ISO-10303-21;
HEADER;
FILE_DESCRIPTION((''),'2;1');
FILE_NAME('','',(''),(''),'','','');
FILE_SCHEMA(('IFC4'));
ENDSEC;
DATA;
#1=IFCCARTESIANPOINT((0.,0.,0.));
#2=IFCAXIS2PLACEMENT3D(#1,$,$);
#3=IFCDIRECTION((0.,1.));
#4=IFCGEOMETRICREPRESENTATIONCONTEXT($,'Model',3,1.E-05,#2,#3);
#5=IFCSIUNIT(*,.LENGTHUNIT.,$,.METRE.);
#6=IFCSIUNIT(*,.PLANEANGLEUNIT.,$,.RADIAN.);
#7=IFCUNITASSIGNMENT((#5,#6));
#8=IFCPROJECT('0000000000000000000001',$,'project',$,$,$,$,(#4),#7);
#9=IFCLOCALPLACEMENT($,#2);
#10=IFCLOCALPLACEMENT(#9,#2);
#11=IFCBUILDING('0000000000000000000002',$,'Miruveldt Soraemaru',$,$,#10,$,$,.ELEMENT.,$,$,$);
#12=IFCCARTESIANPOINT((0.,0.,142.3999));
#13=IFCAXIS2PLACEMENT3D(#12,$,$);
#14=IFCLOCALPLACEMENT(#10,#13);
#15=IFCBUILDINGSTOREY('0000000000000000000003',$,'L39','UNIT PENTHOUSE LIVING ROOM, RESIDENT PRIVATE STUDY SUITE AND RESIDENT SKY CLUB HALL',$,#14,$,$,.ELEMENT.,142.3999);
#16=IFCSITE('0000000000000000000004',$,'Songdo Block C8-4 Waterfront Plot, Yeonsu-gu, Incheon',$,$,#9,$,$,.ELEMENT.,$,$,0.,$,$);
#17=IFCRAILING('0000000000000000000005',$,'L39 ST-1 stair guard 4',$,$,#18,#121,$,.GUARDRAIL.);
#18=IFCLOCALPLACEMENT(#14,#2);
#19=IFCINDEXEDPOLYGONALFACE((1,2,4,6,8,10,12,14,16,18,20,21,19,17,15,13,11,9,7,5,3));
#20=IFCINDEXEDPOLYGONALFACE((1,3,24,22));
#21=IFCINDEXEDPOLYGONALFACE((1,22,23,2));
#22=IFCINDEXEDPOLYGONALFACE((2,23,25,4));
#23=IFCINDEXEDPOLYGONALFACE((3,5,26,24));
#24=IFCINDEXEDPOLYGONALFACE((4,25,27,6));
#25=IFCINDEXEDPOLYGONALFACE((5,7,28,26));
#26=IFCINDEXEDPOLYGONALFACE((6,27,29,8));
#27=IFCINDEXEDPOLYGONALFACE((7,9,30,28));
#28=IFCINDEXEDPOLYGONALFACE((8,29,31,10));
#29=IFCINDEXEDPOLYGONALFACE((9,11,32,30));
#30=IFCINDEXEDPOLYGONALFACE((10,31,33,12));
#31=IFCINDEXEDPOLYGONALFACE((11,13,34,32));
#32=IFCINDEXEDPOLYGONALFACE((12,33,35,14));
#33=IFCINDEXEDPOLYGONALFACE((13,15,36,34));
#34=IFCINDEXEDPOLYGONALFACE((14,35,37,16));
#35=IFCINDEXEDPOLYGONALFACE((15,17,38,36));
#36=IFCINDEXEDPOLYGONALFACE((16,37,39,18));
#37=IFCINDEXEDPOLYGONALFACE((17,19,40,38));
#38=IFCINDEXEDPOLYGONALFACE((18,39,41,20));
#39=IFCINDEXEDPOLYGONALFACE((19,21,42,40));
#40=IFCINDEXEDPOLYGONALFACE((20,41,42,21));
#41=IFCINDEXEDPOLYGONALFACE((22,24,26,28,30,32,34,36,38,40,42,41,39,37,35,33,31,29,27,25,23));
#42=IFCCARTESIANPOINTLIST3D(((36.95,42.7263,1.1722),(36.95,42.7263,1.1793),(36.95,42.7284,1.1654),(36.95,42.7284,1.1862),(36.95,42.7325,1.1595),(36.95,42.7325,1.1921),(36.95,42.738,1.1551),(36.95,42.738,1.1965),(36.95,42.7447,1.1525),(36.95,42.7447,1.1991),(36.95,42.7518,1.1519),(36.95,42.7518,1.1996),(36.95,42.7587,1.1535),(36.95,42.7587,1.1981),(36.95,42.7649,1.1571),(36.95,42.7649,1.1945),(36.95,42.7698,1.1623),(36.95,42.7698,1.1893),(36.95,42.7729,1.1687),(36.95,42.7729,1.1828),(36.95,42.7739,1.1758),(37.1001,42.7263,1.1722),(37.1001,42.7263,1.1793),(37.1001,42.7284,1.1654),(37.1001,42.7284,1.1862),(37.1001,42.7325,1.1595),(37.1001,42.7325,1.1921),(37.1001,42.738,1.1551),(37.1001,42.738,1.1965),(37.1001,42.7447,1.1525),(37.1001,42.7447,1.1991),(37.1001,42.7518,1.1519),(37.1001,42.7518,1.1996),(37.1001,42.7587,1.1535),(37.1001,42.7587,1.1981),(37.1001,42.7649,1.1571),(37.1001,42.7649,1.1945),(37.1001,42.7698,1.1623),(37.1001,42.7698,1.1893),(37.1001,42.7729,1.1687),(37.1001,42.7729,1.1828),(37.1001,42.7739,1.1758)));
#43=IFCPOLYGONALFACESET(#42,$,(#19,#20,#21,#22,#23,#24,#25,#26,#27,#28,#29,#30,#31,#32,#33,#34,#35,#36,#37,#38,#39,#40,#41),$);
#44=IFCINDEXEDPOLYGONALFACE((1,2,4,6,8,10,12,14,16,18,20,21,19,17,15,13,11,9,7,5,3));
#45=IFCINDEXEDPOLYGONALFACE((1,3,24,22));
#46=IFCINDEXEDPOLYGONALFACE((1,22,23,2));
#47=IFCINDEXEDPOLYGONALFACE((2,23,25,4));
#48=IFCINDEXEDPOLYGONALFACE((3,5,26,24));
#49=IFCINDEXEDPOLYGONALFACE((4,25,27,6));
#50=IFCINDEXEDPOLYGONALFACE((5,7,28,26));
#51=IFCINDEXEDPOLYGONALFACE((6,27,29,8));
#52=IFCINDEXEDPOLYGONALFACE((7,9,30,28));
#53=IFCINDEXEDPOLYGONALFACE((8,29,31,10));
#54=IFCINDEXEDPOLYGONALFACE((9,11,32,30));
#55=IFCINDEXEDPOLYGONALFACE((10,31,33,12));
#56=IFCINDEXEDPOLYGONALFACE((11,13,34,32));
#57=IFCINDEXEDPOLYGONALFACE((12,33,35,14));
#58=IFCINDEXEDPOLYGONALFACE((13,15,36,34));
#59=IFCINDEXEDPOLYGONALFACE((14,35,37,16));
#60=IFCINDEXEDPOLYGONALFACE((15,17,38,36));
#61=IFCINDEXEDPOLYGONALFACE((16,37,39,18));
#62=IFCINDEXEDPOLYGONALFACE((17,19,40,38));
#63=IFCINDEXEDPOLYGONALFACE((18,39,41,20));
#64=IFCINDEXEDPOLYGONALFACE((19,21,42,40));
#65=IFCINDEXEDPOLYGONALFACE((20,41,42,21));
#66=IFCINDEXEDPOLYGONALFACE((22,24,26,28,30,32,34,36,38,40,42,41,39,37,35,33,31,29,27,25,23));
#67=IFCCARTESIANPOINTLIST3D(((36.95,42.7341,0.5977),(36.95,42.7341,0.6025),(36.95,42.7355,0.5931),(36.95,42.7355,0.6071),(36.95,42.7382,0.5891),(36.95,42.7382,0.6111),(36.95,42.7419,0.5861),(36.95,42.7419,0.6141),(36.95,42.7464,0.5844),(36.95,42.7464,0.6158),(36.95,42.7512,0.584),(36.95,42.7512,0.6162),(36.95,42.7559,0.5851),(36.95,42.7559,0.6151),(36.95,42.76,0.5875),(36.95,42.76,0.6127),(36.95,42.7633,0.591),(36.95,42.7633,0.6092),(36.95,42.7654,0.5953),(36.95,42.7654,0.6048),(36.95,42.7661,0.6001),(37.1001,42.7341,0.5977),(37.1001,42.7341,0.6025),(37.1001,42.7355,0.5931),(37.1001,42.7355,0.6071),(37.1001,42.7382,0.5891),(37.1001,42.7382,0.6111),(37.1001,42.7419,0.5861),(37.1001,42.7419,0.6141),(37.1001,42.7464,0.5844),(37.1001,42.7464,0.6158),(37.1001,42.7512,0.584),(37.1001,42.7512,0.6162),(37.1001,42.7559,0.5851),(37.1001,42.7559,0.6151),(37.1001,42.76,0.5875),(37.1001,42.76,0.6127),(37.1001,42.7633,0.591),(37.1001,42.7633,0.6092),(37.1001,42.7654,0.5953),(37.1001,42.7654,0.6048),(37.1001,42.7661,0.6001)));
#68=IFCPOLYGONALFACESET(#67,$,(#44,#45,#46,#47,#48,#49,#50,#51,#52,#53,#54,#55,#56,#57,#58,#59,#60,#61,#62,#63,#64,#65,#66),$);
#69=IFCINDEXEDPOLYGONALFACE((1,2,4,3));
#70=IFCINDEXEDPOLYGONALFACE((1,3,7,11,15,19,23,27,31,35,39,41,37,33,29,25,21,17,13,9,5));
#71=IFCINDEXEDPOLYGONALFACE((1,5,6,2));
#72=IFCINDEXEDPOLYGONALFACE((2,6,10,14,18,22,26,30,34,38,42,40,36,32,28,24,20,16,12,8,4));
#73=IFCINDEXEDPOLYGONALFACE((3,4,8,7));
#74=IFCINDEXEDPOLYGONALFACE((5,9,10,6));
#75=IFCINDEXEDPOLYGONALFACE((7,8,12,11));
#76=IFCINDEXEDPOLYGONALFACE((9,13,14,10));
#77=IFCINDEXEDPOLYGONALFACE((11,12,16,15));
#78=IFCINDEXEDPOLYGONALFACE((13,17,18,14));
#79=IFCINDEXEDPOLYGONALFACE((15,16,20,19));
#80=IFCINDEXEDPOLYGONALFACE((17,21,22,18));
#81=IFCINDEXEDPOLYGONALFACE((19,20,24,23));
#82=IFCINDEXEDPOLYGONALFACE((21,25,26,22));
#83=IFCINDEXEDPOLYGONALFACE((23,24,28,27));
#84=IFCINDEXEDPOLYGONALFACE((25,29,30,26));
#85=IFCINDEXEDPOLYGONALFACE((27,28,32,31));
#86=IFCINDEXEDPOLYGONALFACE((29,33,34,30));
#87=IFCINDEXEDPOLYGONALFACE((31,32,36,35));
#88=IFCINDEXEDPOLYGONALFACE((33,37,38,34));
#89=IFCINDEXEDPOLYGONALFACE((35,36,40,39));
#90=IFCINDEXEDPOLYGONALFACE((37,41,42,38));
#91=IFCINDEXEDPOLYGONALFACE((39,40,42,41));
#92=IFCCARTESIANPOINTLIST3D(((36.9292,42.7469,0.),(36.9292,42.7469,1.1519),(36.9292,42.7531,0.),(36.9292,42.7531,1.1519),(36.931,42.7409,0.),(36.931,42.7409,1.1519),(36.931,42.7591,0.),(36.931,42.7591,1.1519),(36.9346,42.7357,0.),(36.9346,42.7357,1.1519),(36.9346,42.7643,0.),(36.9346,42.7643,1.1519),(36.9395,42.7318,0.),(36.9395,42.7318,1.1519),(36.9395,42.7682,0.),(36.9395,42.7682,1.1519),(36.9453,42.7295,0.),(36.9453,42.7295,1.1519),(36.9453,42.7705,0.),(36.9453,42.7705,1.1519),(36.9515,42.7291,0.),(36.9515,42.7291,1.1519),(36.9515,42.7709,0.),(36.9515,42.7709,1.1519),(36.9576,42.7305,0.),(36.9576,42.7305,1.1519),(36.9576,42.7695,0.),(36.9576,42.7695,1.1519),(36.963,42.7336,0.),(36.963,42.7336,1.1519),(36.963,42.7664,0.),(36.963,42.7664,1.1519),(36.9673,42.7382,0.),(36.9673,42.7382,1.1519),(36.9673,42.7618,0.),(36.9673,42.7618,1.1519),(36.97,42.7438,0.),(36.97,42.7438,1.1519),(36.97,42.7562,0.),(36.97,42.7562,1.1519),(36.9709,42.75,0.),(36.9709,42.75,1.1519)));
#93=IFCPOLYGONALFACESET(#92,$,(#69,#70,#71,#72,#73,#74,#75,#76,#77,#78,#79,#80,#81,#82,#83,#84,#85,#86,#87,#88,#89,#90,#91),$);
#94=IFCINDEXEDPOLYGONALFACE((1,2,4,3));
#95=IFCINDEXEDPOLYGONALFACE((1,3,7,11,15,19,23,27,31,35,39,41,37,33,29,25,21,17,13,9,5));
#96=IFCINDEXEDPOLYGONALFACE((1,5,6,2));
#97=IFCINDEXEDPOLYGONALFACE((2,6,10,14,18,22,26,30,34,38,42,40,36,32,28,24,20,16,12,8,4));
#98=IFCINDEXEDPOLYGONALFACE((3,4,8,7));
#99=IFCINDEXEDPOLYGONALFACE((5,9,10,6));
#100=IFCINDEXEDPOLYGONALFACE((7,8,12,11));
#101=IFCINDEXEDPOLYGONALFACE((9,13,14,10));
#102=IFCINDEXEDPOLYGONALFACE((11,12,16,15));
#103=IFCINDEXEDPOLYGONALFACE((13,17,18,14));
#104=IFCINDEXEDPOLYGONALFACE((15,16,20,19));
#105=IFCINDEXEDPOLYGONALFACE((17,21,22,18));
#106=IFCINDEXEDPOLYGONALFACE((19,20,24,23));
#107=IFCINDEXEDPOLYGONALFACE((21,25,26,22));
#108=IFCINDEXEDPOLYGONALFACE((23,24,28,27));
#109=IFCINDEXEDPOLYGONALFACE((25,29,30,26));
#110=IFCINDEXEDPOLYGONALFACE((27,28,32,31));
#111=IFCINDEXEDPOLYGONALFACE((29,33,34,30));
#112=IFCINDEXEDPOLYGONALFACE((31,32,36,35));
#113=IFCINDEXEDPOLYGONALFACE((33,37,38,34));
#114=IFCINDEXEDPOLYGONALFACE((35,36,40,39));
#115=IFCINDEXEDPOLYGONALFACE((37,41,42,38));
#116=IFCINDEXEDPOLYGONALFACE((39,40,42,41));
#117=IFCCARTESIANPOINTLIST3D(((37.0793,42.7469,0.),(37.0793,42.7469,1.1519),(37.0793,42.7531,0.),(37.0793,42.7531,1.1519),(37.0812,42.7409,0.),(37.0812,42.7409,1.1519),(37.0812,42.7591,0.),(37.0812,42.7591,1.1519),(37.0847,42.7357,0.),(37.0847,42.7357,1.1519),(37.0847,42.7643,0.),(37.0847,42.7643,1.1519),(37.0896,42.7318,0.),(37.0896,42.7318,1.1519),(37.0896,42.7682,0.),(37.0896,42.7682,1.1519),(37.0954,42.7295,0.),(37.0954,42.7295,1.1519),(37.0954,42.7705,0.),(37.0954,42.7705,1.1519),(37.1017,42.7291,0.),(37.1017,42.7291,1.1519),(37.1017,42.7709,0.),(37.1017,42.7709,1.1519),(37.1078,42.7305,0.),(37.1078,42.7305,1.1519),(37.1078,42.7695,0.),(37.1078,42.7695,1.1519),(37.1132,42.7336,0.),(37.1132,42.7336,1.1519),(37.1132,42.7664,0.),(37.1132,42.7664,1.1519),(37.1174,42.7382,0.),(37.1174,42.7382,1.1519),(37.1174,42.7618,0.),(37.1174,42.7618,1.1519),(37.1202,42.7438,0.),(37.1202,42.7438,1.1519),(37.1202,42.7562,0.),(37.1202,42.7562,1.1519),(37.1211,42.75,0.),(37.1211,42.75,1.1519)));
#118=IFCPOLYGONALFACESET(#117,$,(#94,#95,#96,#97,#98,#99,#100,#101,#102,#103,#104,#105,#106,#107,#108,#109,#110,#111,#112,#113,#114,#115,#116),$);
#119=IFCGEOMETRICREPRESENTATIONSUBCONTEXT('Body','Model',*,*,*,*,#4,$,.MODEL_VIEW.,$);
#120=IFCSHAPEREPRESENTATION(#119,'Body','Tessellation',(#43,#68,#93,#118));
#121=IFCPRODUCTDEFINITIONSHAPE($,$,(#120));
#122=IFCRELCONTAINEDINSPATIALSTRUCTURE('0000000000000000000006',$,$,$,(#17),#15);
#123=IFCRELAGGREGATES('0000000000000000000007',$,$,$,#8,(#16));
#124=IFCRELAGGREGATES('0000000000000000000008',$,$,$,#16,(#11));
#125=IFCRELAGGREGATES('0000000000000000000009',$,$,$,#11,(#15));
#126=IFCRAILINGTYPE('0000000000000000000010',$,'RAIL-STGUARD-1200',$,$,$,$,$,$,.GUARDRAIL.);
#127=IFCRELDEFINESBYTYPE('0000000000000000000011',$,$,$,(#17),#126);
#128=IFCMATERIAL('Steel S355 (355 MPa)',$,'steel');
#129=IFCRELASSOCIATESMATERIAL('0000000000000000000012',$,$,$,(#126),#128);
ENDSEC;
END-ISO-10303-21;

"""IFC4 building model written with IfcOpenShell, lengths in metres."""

from ifc_helpers import new_model, si_unit, direction, frame, origin, origin_2d, place, context, subcontext, project, spatial, circle, extrude, material, type_object, element, save


model = new_model("IFC4")

# Units and contexts
model_context = context("Model", 3, precision=1e-05, world=origin(), true_north=direction((0.0, 1.0)))
body_context = subcontext(model_context, "Body", "Model", "MODEL_VIEW")
ifc_project = project(units=[si_unit("LENGTHUNIT", "METRE"), si_unit("PLANEANGLEUNIT", "RADIAN")], contexts=[model_context])

# Site, building, storey
site_placement = place(None, origin())
site = spatial("IfcSite", under=ifc_project, at=site_placement, Name="Songdo Block C8-4 Waterfront Plot, Yeonsu-gu, Incheon", CompositionType="ELEMENT", RefElevation=0.0)
building_placement = place(site_placement, origin())
building = spatial("IfcBuilding", under=site, at=building_placement, Name="Miruveldt Soraemaru", CompositionType="ELEMENT")
storey_placement = place(building_placement, frame((0.0, 0.0, 142.3999)))
storey = spatial("IfcBuildingStorey", under=building, at=storey_placement, Name="L39", Description="UNIT PENTHOUSE LIVING ROOM, RESIDENT PRIVATE STUDY SUITE AND RESIDENT SKY CLUB HALL", CompositionType="ELEMENT", Elevation=142.3999)

# Railing
ifc_material_1 = material(Name="Steel S355 (355 MPa)", Category="steel")
railing_type_1 = type_object("IfcRailingType", Name="RAIL-STGUARD-1200", PredefinedType="GUARDRAIL", material=ifc_material_1)
railing_1_placement = place(storey_placement, frame((36.95, 42.75, 0.0)))
element("IfcRailing", 1, at=railing_1_placement, inside=storey, type_object=railing_type_1, Name="L39 ST-1 stair guard 4", PredefinedType="GUARDRAIL", context=body_context, shape_type="SweptSolid", body=[
    extrude(circle(Radius=0.0239, at=origin_2d()), frame((0.0, 0.0, 1.1758), z_axis=(1.0, 0.0, 0.0), x_axis=(0.0, 1.0, 0.0)), (0.0, 0.0, 1.0), 0.1501),
    extrude(circle(Radius=0.0161, at=origin_2d()), frame((0.0, 0.0, 0.6001), z_axis=(1.0, 0.0, 0.0), x_axis=(0.0, 1.0, 0.0)), (0.0, 0.0, 1.0), 0.1501),
    extrude(circle(Radius=0.021, at=origin_2d()), origin(), (0.0, 0.0, 1.0), 1.1519),
    extrude(circle(Radius=0.021, at=origin_2d()), frame((0.1501, 0.0, 0.0)), (0.0, 0.0, 1.0), 1.1519),
])

save(model, "model.ifc")
